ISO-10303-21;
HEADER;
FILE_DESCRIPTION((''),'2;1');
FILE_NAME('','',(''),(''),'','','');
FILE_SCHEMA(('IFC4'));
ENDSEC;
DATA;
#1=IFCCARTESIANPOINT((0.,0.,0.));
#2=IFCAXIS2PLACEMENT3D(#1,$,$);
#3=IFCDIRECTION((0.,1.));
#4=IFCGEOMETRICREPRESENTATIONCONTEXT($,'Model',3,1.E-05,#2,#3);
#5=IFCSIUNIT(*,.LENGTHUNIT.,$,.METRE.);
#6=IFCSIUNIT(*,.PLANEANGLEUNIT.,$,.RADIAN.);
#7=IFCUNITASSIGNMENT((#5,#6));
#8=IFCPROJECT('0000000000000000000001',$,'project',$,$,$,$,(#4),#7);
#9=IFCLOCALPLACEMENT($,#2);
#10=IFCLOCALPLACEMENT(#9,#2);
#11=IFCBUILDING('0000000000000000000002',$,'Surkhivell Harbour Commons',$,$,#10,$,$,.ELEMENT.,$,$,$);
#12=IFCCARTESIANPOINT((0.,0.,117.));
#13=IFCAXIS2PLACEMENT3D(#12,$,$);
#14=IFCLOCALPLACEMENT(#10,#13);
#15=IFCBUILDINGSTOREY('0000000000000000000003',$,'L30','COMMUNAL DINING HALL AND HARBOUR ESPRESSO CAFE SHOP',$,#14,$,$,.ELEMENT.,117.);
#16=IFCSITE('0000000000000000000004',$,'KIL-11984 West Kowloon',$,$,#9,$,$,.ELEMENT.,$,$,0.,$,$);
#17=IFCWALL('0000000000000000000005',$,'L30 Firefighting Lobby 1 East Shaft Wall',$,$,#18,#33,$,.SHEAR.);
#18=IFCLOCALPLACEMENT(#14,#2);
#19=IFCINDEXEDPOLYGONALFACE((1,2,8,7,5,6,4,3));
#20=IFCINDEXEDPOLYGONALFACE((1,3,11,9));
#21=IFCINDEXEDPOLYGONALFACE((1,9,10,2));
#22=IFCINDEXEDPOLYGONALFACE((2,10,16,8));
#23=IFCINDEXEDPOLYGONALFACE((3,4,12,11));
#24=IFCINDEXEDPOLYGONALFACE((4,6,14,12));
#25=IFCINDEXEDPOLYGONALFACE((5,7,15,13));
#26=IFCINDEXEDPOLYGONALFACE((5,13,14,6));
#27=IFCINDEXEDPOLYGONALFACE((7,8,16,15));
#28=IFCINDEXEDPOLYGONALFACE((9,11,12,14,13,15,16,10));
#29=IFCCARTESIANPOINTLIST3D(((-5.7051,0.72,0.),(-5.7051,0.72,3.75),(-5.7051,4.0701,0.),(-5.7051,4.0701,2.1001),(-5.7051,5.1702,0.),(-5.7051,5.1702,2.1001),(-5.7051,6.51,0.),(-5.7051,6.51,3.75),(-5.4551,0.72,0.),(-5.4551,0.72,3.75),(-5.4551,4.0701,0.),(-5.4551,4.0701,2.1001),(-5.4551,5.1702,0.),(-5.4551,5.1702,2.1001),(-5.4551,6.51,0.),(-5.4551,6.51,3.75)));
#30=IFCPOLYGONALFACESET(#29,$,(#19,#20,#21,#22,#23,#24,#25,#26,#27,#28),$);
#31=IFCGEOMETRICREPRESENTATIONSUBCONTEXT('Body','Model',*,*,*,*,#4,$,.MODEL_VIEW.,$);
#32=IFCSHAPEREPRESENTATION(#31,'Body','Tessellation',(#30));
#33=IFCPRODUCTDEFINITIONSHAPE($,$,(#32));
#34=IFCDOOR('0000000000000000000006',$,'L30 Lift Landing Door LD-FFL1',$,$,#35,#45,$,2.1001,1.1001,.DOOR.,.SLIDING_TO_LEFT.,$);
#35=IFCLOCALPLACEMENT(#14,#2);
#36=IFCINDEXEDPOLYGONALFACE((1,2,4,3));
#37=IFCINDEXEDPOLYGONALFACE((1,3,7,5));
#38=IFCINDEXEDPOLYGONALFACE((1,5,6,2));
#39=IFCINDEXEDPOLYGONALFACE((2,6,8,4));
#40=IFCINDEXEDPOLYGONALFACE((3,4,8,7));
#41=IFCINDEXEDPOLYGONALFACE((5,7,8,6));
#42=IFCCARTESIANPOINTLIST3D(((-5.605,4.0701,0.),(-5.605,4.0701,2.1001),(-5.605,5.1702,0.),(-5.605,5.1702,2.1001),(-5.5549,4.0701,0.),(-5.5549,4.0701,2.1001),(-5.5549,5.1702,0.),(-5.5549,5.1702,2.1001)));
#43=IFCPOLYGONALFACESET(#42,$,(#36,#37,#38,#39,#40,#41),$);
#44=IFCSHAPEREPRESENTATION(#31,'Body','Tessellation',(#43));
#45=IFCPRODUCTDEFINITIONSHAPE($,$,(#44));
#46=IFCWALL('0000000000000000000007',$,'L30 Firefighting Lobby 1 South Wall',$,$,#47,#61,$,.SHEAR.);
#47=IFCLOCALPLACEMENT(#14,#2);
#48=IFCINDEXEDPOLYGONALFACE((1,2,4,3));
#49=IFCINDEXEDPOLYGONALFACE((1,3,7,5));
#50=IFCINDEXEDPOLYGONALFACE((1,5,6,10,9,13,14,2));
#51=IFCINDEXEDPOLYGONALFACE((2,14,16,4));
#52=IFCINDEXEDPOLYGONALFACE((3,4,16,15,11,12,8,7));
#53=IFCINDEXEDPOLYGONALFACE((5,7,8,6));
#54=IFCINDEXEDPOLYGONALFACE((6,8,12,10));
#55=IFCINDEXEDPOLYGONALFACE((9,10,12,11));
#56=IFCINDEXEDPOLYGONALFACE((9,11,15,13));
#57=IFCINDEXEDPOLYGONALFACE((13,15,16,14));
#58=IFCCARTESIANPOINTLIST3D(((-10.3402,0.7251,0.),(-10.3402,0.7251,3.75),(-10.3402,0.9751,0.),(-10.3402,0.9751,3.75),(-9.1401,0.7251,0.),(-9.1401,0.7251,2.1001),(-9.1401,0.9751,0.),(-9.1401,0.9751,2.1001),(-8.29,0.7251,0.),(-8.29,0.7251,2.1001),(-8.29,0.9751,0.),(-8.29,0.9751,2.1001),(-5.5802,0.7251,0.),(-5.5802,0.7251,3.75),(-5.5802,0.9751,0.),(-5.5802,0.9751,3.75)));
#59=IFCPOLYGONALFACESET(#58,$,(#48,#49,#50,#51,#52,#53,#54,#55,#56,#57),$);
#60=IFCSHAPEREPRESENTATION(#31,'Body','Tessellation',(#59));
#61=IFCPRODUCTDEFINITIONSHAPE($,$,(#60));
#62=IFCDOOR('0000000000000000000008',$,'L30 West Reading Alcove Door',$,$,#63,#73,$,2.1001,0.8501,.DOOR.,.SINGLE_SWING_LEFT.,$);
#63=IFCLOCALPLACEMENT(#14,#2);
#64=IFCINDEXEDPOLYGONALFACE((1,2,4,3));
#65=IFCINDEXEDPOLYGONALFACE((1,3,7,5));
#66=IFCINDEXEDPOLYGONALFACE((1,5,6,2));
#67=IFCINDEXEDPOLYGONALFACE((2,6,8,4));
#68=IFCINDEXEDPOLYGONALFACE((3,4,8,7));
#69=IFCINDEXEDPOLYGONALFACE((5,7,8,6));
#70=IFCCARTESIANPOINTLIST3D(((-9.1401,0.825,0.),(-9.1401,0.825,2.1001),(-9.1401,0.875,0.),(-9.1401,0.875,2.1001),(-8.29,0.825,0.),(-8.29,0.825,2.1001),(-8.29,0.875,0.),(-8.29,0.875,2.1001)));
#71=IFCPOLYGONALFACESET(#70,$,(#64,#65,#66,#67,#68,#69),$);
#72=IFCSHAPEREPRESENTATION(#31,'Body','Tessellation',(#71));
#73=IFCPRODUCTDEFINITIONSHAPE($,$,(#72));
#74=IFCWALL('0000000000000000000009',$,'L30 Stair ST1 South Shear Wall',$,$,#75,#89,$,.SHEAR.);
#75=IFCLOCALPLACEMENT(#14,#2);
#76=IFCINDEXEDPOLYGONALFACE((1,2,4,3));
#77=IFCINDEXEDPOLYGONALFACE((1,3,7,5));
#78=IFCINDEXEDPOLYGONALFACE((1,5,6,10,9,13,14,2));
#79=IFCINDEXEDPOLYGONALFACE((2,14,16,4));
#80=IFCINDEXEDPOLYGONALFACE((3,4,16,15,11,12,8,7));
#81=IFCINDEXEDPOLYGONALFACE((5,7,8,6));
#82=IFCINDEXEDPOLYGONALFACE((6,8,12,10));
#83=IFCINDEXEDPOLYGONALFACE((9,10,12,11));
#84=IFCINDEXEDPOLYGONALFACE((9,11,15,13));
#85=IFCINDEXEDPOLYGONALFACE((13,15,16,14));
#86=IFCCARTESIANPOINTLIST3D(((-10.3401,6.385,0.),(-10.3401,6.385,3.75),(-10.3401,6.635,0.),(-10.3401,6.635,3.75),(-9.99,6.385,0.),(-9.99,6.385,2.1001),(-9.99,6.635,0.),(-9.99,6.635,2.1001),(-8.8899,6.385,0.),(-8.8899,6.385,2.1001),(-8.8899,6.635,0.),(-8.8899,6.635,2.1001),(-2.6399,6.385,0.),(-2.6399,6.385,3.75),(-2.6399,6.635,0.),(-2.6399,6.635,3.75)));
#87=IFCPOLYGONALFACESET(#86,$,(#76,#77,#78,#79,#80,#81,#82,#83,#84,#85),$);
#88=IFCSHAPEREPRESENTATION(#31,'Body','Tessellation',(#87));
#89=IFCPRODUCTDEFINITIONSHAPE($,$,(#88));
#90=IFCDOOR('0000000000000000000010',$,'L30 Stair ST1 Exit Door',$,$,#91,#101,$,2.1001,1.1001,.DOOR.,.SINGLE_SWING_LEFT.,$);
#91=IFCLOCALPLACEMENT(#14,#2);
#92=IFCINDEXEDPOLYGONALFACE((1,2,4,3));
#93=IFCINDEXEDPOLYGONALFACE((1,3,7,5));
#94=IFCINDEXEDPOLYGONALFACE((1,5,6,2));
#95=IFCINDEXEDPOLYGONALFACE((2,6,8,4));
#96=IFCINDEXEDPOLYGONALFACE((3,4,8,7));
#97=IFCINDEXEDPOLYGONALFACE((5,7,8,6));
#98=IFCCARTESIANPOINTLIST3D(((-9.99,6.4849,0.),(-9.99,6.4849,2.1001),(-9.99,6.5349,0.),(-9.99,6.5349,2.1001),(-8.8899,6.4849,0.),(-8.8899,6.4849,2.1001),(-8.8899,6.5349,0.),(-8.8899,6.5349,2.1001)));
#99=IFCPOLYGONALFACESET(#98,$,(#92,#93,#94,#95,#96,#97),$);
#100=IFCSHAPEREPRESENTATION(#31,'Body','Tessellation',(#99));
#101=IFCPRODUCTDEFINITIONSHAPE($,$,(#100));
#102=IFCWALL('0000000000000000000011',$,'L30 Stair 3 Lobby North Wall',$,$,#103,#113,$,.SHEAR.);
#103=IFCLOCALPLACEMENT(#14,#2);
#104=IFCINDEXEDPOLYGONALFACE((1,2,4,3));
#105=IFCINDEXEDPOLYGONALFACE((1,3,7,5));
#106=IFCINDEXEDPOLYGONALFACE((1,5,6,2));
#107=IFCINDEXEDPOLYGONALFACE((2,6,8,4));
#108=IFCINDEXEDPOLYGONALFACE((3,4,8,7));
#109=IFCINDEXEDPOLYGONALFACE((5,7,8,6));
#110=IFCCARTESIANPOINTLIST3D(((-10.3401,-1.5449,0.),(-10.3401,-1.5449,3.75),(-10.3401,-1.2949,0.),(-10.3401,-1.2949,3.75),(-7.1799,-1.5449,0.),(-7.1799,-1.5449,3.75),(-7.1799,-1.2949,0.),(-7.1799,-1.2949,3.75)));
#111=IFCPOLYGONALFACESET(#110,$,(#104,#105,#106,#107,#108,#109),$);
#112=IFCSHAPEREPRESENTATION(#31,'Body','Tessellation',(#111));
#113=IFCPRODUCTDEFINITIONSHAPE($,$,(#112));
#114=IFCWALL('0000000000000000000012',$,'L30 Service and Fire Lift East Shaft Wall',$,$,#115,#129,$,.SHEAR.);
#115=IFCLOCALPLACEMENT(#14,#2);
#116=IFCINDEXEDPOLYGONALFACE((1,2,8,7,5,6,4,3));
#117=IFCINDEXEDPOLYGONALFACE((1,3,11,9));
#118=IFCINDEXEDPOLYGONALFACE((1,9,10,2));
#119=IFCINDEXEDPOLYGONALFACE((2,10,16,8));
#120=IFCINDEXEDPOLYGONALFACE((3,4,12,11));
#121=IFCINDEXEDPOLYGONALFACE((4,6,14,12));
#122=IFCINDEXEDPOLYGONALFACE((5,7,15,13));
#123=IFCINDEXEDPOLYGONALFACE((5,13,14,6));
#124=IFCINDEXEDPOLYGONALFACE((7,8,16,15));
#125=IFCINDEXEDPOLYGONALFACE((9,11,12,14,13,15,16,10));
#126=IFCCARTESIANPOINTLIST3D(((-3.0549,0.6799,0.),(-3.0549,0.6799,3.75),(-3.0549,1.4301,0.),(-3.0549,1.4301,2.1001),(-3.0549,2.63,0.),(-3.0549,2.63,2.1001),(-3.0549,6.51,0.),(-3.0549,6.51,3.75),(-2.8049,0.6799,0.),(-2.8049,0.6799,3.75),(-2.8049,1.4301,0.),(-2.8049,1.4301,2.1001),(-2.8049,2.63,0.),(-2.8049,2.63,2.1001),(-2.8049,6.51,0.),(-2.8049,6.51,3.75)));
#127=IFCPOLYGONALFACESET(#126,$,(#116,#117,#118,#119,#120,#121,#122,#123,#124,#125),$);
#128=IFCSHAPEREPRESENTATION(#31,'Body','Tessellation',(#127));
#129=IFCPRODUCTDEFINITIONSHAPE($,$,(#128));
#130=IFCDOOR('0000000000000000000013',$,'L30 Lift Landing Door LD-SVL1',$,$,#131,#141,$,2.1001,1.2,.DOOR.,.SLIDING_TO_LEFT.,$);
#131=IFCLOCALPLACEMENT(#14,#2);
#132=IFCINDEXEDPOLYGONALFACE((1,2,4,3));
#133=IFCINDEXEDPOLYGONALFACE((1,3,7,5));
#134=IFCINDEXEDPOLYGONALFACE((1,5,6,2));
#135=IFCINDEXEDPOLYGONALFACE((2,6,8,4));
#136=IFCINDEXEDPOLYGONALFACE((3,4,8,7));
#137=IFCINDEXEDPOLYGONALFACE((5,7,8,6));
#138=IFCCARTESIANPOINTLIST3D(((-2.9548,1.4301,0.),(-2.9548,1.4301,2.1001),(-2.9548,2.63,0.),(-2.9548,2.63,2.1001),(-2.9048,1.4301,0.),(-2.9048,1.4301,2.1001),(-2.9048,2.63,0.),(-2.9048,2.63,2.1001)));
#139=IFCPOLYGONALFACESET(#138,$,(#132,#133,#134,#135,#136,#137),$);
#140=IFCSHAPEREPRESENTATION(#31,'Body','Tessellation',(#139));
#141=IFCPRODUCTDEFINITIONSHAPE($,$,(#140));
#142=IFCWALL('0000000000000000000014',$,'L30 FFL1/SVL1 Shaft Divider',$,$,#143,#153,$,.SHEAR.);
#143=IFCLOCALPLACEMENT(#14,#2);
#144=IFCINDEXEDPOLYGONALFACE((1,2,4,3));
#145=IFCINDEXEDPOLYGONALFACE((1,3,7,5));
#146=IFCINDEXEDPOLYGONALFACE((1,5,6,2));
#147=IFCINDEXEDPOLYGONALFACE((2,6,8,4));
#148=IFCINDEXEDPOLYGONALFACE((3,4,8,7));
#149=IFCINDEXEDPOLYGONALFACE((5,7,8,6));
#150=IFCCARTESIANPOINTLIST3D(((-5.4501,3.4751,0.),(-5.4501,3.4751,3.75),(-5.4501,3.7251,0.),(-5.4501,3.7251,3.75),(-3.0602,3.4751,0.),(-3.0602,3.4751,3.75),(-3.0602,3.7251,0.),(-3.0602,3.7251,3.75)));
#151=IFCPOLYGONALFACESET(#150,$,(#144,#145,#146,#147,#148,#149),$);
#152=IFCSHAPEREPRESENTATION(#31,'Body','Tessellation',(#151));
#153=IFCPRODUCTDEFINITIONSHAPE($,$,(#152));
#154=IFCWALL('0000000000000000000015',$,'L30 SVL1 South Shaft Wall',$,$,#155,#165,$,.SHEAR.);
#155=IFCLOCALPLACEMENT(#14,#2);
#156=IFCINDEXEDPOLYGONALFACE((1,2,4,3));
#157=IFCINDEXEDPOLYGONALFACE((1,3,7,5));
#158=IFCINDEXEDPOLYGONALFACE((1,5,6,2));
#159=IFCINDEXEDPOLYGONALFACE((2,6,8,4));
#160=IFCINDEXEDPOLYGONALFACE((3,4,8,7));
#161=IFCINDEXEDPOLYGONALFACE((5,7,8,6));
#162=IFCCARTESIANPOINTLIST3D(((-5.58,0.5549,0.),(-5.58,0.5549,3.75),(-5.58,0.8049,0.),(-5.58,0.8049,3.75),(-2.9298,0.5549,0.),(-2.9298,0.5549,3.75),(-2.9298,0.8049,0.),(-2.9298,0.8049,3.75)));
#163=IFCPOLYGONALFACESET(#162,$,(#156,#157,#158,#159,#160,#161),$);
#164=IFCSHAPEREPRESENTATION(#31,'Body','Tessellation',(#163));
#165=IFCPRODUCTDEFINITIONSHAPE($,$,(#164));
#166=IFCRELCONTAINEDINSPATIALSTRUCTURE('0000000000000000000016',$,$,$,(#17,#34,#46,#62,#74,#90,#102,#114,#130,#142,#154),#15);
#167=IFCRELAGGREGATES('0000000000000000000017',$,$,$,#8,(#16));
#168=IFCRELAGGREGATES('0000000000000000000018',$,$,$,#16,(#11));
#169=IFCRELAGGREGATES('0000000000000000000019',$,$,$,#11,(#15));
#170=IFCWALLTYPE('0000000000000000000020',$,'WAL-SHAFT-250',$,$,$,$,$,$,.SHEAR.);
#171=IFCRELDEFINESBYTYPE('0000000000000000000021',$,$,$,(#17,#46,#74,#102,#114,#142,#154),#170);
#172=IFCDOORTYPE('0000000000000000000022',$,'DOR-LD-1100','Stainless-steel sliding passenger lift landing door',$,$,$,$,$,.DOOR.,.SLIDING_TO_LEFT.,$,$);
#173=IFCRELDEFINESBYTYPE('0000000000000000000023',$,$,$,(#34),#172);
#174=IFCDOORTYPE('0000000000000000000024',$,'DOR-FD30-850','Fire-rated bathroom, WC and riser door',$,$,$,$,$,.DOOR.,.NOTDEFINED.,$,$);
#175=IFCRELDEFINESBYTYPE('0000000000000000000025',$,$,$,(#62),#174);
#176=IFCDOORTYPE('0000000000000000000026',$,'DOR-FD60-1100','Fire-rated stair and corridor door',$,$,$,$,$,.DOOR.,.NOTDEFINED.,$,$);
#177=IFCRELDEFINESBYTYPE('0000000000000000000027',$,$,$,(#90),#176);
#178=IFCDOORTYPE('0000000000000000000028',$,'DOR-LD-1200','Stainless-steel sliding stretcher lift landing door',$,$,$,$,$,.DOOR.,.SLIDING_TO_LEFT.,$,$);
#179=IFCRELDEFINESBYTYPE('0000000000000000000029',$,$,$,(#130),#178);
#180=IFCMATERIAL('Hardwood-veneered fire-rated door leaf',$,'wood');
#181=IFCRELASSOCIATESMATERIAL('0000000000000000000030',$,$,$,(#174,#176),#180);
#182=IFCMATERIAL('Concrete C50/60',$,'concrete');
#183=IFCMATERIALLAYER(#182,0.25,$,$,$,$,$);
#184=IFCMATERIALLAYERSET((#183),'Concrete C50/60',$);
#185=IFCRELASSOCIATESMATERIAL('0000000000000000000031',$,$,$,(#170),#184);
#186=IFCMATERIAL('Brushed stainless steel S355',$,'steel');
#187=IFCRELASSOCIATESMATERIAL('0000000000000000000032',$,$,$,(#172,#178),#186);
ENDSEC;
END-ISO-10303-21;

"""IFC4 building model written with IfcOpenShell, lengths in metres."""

from ifc_helpers import new_model, si_unit, direction, frame, frame_2d, origin, place, context, subcontext, project, spatial, rectangle, extrude, material, layer, layer_set, type_object, element, fill, save


model = new_model("IFC4")

# Units and contexts
model_context = context("Model", 3, precision=1e-05, world=origin(), true_north=direction((0.0, 1.0)))
body_context = subcontext(model_context, "Body", "Model", "MODEL_VIEW")
ifc_project = project(units=[si_unit("LENGTHUNIT", "METRE"), si_unit("PLANEANGLEUNIT", "RADIAN")], contexts=[model_context])

# Site, building, storey
site_placement = place(None, origin())
site = spatial("IfcSite", under=ifc_project, at=site_placement, Name="KIL-11984 West Kowloon", CompositionType="ELEMENT", RefElevation=0.0)
building_placement = place(site_placement, origin())
building = spatial("IfcBuilding", under=site, at=building_placement, Name="Surkhivell Harbour Commons", CompositionType="ELEMENT")
storey_placement = place(building_placement, frame((0.0, 0.0, 117.0)))
storey = spatial("IfcBuildingStorey", under=building, at=storey_placement, Name="L30", Description="COMMUNAL DINING HALL AND HARBOUR ESPRESSO CAFE SHOP", CompositionType="ELEMENT", Elevation=117.0)

# Shared definitions
ifc_material_1 = material(Name="Hardwood-veneered fire-rated door leaf", Category="wood")

# Shared definitions
door_type_1 = type_object("IfcDoorType", Name="DOR-FD30-850", Description="Fire-rated bathroom, WC and riser door", OperationType="NOTDEFINED", PredefinedType="DOOR", material=ifc_material_1)

# Walls, openings, doors
ifc_material_2 = material(Name="Concrete C50/60", Category="concrete")
ifc_layer_1 = layer(ifc_material_2, 0.25)
ifc_layer_set_1 = layer_set([ifc_layer_1], Name="Concrete C50/60")
wall_type_1 = type_object("IfcWallType", Name="WAL-SHAFT-250", PredefinedType="SHEAR", material=ifc_layer_set_1)
wall_1_placement = place(storey_placement, frame((-5.5801, 0.72, 0.0), z_axis=(0.0, 0.0, 1.0), x_axis=(0.0, 1.0, 0.0)))
wall_1 = element("IfcWall", 1, at=wall_1_placement, inside=storey, type_object=wall_type_1, Name="L30 Firefighting Lobby 1 East Shaft Wall", PredefinedType="SHEAR", context=body_context, shape_type="SweptSolid", body=[
    extrude(rectangle(XDim=5.79, YDim=0.25, at=frame_2d((2.895, 0.0))), origin(), (0.0, 0.0, 1.0), 3.75),
])
opening_1_placement = place(wall_1_placement, frame((3.3501, 0.0, 0.0)))
opening_1 = element("IfcOpeningElement", 2, at=opening_1_placement, cuts=wall_1, PredefinedType="OPENING", context=body_context, shape_type="SweptSolid", body=[
    extrude(rectangle(XDim=1.1001, YDim=2.1001, at=frame_2d((0.55, 1.05))), frame((0.0, 0.135, 0.0), z_axis=(0.0, -1.0, 0.0), x_axis=(1.0, 0.0, 0.0)), (0.0, 0.0, 1.0), 0.27),
])
ifc_material_3 = material(Name="Brushed stainless steel S355", Category="steel")
door_type_2 = type_object("IfcDoorType", Name="DOR-LD-1100", Description="Stainless-steel sliding passenger lift landing door", OperationType="SLIDING_TO_LEFT", PredefinedType="DOOR", material=ifc_material_3)
door_1_placement = place(opening_1_placement, origin())
door_1 = element("IfcDoor", 3, at=door_1_placement, inside=storey, type_object=door_type_2, Name="L30 Lift Landing Door LD-FFL1", OperationType="SLIDING_TO_LEFT", OverallHeight=2.1001, OverallWidth=1.1001, PredefinedType="DOOR", context=body_context, shape_type="SweptSolid", body=[
    extrude(rectangle(XDim=1.1001, YDim=2.1001, at=frame_2d((0.55, 1.05))), frame((0.0, 0.0249, 0.0), z_axis=(0.0, -1.0, 0.0), x_axis=(1.0, 0.0, 0.0)), (0.0, 0.0, 1.0), 0.05),
])
fill(opening_1, door_1)
wall_2_placement = place(storey_placement, frame((-10.3401, 0.8501, 0.0), z_axis=(0.0, 0.0, 1.0), x_axis=(1.0, 0.0, 0.0)))
wall_2 = element("IfcWall", 4, at=wall_2_placement, inside=storey, type_object=wall_type_1, Name="L30 Firefighting Lobby 1 South Wall", PredefinedType="SHEAR", context=body_context, shape_type="SweptSolid", body=[
    extrude(rectangle(XDim=4.76, YDim=0.25, at=frame_2d((2.3799, 0.0))), origin(), (0.0, 0.0, 1.0), 3.75),
])
opening_2_placement = place(wall_2_placement, frame((1.2, 0.0, 0.0)))
opening_2 = element("IfcOpeningElement", 5, at=opening_2_placement, cuts=wall_2, PredefinedType="OPENING", context=body_context, shape_type="SweptSolid", body=[
    extrude(rectangle(XDim=0.8501, YDim=2.1001, at=frame_2d((0.425, 1.05))), frame((0.0, 0.135, 0.0), z_axis=(0.0, -1.0, 0.0), x_axis=(1.0, 0.0, 0.0)), (0.0, 0.0, 1.0), 0.27),
])
door_2_placement = place(opening_2_placement, origin())
door_2 = element("IfcDoor", 6, at=door_2_placement, inside=storey, type_object=door_type_1, Name="L30 West Reading Alcove Door", OperationType="SINGLE_SWING_LEFT", OverallHeight=2.1001, OverallWidth=0.8501, PredefinedType="DOOR", context=body_context, shape_type="SweptSolid", body=[
    extrude(rectangle(XDim=0.8501, YDim=2.1001, at=frame_2d((0.425, 1.05))), frame((0.0, 0.0249, 0.0), z_axis=(0.0, -1.0, 0.0), x_axis=(1.0, 0.0, 0.0)), (0.0, 0.0, 1.0), 0.05),
])
fill(opening_2, door_2)
wall_3_placement = place(storey_placement, frame((-10.3401, 6.51, 0.0), z_axis=(0.0, 0.0, 1.0), x_axis=(1.0, 0.0, 0.0)))
wall_3 = element("IfcWall", 7, at=wall_3_placement, inside=storey, type_object=wall_type_1, Name="L30 Stair ST1 South Shear Wall", PredefinedType="SHEAR", context=body_context, shape_type="SweptSolid", body=[
    extrude(rectangle(XDim=7.7002, YDim=0.25, at=frame_2d((3.8501, 0.0))), origin(), (0.0, 0.0, 1.0), 3.75),
])
opening_3_placement = place(wall_3_placement, frame((0.3501, 0.0, 0.0)))
opening_3 = element("IfcOpeningElement", 8, at=opening_3_placement, cuts=wall_3, PredefinedType="OPENING", context=body_context, shape_type="SweptSolid", body=[
    extrude(rectangle(XDim=1.1001, YDim=2.1001, at=frame_2d((0.55, 1.05))), frame((0.0, 0.135, 0.0), z_axis=(0.0, -1.0, 0.0), x_axis=(1.0, 0.0, 0.0)), (0.0, 0.0, 1.0), 0.27),
])
door_type_3 = type_object("IfcDoorType", Name="DOR-FD60-1100", Description="Fire-rated stair and corridor door", OperationType="NOTDEFINED", PredefinedType="DOOR", material=ifc_material_1)
door_3_placement = place(opening_3_placement, origin())
door_3 = element("IfcDoor", 9, at=door_3_placement, inside=storey, type_object=door_type_3, Name="L30 Stair ST1 Exit Door", OperationType="SINGLE_SWING_LEFT", OverallHeight=2.1001, OverallWidth=1.1001, PredefinedType="DOOR", context=body_context, shape_type="SweptSolid", body=[
    extrude(rectangle(XDim=1.1001, YDim=2.1001, at=frame_2d((0.55, 1.05))), frame((0.0, 0.0249, 0.0), z_axis=(0.0, -1.0, 0.0), x_axis=(1.0, 0.0, 0.0)), (0.0, 0.0, 1.0), 0.05),
])
fill(opening_3, door_3)

# Wall
wall_4_placement = place(storey_placement, frame((-10.3401, -1.4199, 0.0), z_axis=(0.0, 0.0, 1.0), x_axis=(1.0, 0.0, 0.0)))
element("IfcWall", 10, at=wall_4_placement, inside=storey, type_object=wall_type_1, Name="L30 Stair 3 Lobby North Wall", PredefinedType="SHEAR", context=body_context, shape_type="SweptSolid", body=[
    extrude(rectangle(XDim=3.1602, YDim=0.25, at=frame_2d((1.5801, 0.0))), origin(), (0.0, 0.0, 1.0), 3.75),
])

# Wall, opening, door
wall_5_placement = place(storey_placement, frame((-2.9299, 0.6799, 0.0), z_axis=(0.0, 0.0, 1.0), x_axis=(0.0, 1.0, 0.0)))
wall_5 = element("IfcWall", 11, at=wall_5_placement, inside=storey, type_object=wall_type_1, Name="L30 Service and Fire Lift East Shaft Wall", PredefinedType="SHEAR", context=body_context, shape_type="SweptSolid", body=[
    extrude(rectangle(XDim=5.8301, YDim=0.25, at=frame_2d((2.915, 0.0))), origin(), (0.0, 0.0, 1.0), 3.75),
])
opening_4_placement = place(wall_5_placement, frame((0.75, 0.0, 0.0)))
opening_4 = element("IfcOpeningElement", 12, at=opening_4_placement, cuts=wall_5, PredefinedType="OPENING", context=body_context, shape_type="SweptSolid", body=[
    extrude(rectangle(XDim=1.2, YDim=2.1001, at=frame_2d((0.6001, 1.05))), frame((0.0, 0.135, 0.0), z_axis=(0.0, -1.0, 0.0), x_axis=(1.0, 0.0, 0.0)), (0.0, 0.0, 1.0), 0.27),
])
door_type_4 = type_object("IfcDoorType", Name="DOR-LD-1200", Description="Stainless-steel sliding stretcher lift landing door", OperationType="SLIDING_TO_LEFT", PredefinedType="DOOR", material=ifc_material_3)
door_4_placement = place(opening_4_placement, origin())
door_4 = element("IfcDoor", 13, at=door_4_placement, inside=storey, type_object=door_type_4, Name="L30 Lift Landing Door LD-SVL1", OperationType="SLIDING_TO_LEFT", OverallHeight=2.1001, OverallWidth=1.2, PredefinedType="DOOR", context=body_context, shape_type="SweptSolid", body=[
    extrude(rectangle(XDim=1.2, YDim=2.1001, at=frame_2d((0.6001, 1.05))), frame((0.0, 0.0249, 0.0), z_axis=(0.0, -1.0, 0.0), x_axis=(1.0, 0.0, 0.0)), (0.0, 0.0, 1.0), 0.05),
])
fill(opening_4, door_4)

# Walls
wall_6_placement = place(storey_placement, frame((-5.45, 3.6001, 0.0), z_axis=(0.0, 0.0, 1.0), x_axis=(1.0, 0.0, 0.0)))
element("IfcWall", 14, at=wall_6_placement, inside=storey, type_object=wall_type_1, Name="L30 FFL1/SVL1 Shaft Divider", PredefinedType="SHEAR", context=body_context, shape_type="SweptSolid", body=[
    extrude(rectangle(XDim=2.3899, YDim=0.25, at=frame_2d((1.1948, 0.0))), origin(), (0.0, 0.0, 1.0), 3.75),
])
wall_7_placement = place(storey_placement, frame((-5.5801, 0.6799, 0.0), z_axis=(0.0, 0.0, 1.0), x_axis=(1.0, 0.0, 0.0)))
element("IfcWall", 15, at=wall_7_placement, inside=storey, type_object=wall_type_1, Name="L30 SVL1 South Shaft Wall", PredefinedType="SHEAR", context=body_context, shape_type="SweptSolid", body=[
    extrude(rectangle(XDim=2.6501, YDim=0.25, at=frame_2d((1.3252, 0.0))), origin(), (0.0, 0.0, 1.0), 3.75),
])

save(model, "model.ifc")
